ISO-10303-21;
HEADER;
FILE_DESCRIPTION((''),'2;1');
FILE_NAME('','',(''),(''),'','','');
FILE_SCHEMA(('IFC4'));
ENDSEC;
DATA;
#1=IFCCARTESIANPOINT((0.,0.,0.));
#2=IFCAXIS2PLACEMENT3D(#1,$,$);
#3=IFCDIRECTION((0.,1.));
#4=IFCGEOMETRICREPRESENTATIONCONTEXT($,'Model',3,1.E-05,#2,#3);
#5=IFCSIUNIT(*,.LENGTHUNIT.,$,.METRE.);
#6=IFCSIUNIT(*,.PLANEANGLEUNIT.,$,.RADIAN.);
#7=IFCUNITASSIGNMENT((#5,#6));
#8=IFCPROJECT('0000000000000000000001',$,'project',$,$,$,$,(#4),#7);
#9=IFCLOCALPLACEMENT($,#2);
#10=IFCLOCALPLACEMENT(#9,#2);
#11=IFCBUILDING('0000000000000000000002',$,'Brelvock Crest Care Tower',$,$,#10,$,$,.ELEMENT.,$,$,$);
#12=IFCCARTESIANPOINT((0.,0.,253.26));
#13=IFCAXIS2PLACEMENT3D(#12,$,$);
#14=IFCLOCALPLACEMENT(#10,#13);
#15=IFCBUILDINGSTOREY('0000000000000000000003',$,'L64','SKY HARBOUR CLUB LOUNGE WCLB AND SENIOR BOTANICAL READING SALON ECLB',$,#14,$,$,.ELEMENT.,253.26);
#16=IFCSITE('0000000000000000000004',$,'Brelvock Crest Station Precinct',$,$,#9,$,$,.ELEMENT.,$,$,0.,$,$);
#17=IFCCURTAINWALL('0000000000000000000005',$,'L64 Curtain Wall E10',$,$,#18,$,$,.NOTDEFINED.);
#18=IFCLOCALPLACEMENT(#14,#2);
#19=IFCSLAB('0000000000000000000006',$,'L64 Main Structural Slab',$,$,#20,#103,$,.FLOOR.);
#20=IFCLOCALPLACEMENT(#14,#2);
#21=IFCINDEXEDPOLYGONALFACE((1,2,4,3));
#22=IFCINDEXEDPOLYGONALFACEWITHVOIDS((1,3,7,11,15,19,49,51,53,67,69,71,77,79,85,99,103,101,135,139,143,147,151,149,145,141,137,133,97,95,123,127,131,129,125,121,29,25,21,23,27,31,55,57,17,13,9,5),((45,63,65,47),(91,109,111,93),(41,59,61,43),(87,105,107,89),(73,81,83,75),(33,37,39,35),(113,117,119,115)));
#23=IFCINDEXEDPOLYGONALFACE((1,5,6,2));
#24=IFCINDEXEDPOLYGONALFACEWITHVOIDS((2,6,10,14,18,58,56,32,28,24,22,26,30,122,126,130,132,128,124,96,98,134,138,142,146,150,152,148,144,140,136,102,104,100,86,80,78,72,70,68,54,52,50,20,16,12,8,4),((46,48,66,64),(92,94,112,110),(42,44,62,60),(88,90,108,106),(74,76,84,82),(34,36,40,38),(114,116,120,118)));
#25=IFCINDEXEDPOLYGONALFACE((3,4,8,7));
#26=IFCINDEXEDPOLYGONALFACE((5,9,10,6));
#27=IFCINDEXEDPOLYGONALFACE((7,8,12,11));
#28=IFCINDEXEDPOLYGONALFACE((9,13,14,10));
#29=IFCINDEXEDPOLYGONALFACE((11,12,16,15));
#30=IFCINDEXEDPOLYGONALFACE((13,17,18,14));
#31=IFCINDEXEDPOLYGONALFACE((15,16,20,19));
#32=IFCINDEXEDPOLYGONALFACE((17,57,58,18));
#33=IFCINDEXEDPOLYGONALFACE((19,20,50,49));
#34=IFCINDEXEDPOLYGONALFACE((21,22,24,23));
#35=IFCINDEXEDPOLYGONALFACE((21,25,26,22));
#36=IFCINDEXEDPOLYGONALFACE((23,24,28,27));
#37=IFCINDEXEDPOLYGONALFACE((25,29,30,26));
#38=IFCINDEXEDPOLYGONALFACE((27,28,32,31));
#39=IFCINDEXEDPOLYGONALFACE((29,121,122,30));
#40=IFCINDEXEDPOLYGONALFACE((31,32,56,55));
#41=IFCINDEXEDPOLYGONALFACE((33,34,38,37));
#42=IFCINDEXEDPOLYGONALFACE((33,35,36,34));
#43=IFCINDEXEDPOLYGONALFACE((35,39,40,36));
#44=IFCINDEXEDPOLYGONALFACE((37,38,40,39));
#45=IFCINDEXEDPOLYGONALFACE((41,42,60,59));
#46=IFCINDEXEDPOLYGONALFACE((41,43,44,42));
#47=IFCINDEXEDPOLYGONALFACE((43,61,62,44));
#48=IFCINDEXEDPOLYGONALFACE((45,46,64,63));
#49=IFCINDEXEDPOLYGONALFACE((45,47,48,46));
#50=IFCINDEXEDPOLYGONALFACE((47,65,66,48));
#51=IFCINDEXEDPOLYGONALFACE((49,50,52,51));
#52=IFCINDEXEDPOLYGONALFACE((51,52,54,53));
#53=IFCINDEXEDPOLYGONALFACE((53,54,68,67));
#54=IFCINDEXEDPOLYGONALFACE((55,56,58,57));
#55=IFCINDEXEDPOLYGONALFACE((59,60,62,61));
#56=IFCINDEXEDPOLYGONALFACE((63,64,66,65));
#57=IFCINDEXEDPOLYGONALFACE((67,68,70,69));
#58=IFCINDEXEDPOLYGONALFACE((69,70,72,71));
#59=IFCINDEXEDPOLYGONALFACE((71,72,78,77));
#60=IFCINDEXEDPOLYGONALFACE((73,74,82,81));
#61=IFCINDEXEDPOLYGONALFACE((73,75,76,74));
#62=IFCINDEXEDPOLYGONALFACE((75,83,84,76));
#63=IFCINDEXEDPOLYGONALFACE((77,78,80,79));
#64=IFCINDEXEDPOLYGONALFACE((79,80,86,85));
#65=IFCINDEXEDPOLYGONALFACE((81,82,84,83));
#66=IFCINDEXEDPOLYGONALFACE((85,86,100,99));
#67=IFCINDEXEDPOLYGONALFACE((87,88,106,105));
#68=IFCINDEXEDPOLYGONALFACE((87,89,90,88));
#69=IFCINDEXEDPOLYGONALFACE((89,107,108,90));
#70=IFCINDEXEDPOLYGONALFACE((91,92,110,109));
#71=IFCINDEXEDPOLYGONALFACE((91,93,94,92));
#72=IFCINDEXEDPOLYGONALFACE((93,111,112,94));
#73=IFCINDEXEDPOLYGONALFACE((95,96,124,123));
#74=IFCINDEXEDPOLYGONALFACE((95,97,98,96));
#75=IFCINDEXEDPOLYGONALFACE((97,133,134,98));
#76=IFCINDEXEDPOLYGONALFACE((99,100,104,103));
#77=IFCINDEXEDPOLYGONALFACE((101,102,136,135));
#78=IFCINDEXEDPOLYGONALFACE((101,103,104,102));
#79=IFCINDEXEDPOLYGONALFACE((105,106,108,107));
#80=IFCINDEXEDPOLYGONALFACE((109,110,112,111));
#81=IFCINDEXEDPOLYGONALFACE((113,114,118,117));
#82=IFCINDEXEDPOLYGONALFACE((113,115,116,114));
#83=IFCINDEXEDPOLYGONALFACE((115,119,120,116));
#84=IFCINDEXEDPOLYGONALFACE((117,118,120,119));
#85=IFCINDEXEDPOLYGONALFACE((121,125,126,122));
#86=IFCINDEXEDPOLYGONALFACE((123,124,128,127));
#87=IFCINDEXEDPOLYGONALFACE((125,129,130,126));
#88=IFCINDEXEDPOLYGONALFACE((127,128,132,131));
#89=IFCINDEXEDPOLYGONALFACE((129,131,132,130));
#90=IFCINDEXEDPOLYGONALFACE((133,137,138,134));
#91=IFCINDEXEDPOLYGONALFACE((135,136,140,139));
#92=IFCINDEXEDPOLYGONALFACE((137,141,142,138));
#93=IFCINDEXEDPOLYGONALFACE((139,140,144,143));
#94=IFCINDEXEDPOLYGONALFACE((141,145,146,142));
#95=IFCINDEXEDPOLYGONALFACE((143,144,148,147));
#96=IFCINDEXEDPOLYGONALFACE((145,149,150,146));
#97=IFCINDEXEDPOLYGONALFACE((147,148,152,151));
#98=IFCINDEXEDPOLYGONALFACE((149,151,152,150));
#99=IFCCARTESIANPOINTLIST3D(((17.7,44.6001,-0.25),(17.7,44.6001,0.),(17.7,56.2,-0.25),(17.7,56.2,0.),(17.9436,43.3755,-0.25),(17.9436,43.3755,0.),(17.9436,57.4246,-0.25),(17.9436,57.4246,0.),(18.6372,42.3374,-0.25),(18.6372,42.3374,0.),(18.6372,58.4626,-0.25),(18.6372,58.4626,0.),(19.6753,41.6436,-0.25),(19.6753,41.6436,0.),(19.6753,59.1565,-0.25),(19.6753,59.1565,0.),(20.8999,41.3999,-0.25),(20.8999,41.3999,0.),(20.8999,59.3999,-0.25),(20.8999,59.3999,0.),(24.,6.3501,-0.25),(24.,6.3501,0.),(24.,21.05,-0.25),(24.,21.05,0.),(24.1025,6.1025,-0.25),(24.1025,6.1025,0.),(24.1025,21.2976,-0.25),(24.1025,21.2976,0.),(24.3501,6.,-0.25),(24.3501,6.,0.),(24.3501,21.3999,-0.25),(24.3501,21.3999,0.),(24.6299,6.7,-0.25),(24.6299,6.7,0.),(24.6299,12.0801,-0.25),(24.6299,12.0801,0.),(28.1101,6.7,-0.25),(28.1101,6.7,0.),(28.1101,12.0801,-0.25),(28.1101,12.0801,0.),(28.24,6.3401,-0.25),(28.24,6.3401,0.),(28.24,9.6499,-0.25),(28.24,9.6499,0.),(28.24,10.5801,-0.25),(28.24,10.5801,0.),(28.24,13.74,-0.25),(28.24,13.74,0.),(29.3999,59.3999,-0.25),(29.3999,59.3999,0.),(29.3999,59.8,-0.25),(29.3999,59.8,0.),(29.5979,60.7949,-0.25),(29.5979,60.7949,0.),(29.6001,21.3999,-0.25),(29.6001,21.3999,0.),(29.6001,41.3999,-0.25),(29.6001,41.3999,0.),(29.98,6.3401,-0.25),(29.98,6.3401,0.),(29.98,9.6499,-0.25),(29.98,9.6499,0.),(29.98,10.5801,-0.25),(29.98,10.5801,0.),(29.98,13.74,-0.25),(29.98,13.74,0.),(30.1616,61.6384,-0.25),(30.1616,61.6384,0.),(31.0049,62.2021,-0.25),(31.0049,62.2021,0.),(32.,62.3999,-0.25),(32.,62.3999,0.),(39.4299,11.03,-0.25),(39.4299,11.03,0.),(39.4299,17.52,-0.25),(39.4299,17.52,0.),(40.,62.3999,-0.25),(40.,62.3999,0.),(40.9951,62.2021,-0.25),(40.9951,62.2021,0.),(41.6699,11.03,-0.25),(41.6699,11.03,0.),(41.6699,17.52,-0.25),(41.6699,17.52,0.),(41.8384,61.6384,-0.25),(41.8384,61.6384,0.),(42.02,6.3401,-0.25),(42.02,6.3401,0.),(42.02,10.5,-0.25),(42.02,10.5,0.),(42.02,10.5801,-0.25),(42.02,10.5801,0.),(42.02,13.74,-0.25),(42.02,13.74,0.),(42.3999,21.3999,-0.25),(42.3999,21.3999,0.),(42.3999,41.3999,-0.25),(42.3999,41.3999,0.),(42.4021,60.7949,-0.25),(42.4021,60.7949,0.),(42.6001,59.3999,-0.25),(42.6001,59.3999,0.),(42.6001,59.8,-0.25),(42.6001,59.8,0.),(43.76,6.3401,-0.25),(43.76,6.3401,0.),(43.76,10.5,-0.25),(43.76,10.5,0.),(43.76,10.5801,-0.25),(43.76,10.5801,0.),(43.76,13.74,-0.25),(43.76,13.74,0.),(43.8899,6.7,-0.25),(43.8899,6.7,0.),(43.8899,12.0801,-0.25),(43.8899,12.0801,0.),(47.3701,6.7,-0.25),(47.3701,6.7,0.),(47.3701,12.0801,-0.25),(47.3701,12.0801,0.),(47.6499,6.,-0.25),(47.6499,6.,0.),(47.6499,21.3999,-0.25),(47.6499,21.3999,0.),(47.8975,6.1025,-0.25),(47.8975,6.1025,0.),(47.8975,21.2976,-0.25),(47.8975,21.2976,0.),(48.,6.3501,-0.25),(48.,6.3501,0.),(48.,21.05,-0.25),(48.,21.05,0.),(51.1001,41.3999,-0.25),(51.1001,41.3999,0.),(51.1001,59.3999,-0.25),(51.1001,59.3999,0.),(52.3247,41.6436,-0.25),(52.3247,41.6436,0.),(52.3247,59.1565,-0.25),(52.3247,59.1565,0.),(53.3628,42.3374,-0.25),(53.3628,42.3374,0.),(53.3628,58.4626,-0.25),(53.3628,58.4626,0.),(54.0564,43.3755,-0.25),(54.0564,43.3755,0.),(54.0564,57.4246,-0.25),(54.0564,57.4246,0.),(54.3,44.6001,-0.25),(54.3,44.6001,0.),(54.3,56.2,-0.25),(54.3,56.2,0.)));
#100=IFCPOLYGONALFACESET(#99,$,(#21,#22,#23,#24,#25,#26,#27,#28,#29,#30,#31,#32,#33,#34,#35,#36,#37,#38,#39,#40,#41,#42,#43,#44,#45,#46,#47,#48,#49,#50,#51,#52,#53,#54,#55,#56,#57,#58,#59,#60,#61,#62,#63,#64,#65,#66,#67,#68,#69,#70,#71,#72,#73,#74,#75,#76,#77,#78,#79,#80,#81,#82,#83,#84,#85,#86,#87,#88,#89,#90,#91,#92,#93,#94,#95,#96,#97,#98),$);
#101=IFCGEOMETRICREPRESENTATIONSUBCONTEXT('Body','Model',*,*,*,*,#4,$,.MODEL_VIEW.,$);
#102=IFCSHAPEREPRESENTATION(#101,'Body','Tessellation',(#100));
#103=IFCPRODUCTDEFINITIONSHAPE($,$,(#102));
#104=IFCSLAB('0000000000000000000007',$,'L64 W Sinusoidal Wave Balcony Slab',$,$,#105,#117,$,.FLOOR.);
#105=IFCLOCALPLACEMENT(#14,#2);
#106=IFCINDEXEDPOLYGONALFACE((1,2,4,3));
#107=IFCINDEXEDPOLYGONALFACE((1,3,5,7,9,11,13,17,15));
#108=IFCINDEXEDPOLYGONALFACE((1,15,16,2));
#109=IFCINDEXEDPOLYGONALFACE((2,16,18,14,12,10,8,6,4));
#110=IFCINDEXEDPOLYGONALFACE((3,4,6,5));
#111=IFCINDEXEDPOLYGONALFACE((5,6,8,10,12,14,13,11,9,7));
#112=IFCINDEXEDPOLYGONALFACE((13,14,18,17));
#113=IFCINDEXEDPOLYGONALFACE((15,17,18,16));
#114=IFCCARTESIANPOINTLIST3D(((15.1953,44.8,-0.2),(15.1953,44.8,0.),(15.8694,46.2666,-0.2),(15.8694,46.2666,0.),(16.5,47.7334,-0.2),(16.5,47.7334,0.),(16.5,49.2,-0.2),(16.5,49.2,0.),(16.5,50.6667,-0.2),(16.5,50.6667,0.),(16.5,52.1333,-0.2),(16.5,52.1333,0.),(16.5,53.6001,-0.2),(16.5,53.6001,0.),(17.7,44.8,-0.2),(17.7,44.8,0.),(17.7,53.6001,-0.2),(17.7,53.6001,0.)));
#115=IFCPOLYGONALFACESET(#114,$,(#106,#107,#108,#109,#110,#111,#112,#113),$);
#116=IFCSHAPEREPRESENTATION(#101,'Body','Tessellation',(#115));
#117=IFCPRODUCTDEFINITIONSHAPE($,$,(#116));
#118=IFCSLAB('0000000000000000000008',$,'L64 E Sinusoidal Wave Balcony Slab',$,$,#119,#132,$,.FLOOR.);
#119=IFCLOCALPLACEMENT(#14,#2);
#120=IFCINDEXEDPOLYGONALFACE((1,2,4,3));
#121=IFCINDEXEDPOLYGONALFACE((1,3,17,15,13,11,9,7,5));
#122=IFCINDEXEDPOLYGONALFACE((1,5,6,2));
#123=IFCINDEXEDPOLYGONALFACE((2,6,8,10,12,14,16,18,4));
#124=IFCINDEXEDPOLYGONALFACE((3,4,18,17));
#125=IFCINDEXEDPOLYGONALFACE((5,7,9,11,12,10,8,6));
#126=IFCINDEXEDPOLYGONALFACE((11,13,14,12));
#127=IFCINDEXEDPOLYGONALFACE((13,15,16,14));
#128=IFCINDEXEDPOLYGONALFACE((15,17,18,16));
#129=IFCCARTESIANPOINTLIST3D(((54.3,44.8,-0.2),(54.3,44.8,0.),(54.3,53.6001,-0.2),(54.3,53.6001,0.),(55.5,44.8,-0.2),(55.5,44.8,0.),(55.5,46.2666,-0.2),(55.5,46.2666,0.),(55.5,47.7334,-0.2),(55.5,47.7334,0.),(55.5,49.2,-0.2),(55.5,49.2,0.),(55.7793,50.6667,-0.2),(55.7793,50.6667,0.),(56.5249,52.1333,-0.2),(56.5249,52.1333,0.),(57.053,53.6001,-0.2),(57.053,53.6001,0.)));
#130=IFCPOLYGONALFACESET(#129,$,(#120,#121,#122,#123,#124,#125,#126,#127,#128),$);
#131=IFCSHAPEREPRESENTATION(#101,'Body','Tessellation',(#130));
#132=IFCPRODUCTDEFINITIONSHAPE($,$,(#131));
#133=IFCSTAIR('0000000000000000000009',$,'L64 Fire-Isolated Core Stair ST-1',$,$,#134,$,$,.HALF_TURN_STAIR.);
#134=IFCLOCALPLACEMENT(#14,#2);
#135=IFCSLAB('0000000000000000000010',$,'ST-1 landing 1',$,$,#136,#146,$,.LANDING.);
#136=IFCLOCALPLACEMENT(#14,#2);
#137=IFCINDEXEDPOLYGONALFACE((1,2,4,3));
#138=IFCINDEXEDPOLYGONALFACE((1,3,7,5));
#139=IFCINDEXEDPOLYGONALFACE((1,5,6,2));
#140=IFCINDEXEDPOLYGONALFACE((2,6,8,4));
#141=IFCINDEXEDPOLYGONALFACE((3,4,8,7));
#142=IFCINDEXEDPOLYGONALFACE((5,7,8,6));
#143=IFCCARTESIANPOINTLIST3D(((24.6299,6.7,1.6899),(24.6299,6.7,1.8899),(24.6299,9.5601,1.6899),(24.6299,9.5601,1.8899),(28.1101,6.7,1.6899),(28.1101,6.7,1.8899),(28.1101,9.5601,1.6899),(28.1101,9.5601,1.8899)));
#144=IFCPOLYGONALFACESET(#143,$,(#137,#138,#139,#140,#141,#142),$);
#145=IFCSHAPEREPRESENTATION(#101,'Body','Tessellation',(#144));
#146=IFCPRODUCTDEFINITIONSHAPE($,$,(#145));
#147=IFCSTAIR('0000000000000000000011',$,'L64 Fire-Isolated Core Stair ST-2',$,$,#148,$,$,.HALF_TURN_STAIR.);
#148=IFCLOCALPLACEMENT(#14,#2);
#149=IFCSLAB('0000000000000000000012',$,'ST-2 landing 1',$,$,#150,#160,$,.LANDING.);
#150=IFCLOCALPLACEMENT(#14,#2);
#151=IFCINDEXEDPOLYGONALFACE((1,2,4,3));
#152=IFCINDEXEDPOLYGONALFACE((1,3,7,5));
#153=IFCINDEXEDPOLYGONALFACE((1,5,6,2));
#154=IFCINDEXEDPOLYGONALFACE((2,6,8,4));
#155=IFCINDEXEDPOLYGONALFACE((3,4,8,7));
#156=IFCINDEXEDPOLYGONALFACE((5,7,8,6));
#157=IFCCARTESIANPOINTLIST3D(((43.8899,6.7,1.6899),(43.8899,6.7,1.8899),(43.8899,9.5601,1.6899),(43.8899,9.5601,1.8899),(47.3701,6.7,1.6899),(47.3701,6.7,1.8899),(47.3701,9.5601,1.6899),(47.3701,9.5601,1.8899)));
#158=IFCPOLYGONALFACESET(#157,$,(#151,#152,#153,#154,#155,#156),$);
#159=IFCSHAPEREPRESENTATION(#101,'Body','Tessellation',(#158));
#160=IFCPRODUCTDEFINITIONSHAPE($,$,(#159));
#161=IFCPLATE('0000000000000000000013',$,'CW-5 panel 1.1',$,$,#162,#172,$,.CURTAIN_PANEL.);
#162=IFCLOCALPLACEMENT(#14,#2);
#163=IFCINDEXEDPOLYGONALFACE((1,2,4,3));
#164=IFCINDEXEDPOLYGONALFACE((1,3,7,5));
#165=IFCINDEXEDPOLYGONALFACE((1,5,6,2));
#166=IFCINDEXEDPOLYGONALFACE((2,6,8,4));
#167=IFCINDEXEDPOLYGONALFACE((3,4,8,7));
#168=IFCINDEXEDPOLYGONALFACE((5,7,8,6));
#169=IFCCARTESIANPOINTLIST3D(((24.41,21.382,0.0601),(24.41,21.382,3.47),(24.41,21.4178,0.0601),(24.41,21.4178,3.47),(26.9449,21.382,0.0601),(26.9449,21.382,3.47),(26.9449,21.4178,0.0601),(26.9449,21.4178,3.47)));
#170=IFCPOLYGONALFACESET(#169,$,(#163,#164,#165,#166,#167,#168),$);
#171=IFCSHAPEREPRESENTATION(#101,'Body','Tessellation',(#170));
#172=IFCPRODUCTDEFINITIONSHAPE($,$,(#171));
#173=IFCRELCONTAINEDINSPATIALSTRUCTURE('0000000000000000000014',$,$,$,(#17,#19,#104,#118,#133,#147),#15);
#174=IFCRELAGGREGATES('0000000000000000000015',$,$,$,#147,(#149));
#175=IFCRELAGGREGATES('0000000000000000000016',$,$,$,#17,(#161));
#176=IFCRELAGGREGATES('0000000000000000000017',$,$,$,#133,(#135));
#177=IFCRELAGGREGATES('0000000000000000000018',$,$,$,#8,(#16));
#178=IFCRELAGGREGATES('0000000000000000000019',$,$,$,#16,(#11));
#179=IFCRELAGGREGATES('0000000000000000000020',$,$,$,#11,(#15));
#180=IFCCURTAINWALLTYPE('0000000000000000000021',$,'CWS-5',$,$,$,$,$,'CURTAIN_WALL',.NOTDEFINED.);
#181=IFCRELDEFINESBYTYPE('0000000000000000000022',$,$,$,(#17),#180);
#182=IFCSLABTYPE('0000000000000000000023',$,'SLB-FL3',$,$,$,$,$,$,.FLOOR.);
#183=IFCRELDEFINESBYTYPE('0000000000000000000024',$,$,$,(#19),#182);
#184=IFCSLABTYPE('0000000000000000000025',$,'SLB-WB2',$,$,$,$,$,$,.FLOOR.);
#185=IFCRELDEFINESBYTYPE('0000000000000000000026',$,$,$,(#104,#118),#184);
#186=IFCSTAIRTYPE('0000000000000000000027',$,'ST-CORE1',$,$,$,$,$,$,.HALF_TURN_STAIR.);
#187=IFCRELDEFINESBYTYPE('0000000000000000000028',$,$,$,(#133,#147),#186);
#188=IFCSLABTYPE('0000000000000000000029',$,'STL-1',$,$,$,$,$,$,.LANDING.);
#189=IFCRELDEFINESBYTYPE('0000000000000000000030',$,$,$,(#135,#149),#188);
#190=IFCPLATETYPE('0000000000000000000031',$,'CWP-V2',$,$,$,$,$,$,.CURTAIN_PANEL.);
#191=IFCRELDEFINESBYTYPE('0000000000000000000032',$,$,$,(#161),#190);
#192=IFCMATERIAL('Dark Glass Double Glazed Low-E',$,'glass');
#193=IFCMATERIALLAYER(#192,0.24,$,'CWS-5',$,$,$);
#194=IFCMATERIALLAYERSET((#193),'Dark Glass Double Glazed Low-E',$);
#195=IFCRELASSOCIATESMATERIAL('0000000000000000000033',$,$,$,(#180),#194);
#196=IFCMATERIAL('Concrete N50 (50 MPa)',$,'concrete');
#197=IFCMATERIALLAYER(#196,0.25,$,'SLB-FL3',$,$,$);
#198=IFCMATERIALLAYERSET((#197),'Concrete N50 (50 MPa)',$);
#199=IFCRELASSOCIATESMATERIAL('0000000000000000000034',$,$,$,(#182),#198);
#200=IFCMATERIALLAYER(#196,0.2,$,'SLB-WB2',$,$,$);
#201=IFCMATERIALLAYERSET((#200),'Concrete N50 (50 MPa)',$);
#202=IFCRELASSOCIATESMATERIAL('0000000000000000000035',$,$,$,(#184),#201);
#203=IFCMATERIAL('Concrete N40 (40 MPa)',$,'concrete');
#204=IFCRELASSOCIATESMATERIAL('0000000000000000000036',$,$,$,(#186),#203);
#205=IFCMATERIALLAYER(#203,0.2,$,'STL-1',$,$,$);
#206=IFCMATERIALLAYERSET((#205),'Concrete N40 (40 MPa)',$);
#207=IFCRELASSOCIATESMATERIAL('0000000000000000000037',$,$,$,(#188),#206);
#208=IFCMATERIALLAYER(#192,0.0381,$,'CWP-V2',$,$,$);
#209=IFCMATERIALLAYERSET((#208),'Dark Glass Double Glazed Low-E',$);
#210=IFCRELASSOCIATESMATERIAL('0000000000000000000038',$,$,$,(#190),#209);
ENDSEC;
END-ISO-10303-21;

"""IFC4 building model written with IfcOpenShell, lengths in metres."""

from ifc_helpers import new_model, si_unit, direction, frame, origin, origin_2d, place, context, subcontext, project, spatial, polyline, rectangle, outline, extrude, source, transform, mapped, material, layer, layer_set, type_object, element, aggregate, save


model = new_model("IFC4")

# Units and contexts
model_context = context("Model", 3, precision=1e-05, world=origin(), true_north=direction((0.0, 1.0)))
body_context = subcontext(model_context, "Body", "Model", "MODEL_VIEW")
ifc_project = project(units=[si_unit("LENGTHUNIT", "METRE"), si_unit("PLANEANGLEUNIT", "RADIAN")], contexts=[model_context])

# Site, building, storey
site_placement = place(None, origin())
site = spatial("IfcSite", under=ifc_project, at=site_placement, Name="Brelvock Crest Station Precinct", CompositionType="ELEMENT", RefElevation=0.0)
building_placement = place(site_placement, origin())
building = spatial("IfcBuilding", under=site, at=building_placement, Name="Brelvock Crest Care Tower", CompositionType="ELEMENT")
storey_placement = place(building_placement, frame((0.0, 0.0, 253.26)))
storey = spatial("IfcBuildingStorey", under=building, at=storey_placement, Name="L64", Description="SKY HARBOUR CLUB LOUNGE WCLB AND SENIOR BOTANICAL READING SALON ECLB", CompositionType="ELEMENT", Elevation=253.26)

# Curtain wall
ifc_material_1 = material(Name="Dark Glass Double Glazed Low-E", Category="glass")
ifc_layer_1 = layer(ifc_material_1, 0.24, Name="CWS-5")
ifc_layer_set_1 = layer_set([ifc_layer_1], Name="Dark Glass Double Glazed Low-E")
curtain_wall_type = type_object("IfcCurtainWallType", Name="CWS-5", ElementType="CURTAIN_WALL", PredefinedType="NOTDEFINED", material=ifc_layer_set_1)
curtain_wall_placement = place(storey_placement, origin())
curtain_wall = element("IfcCurtainWall", 1, at=curtain_wall_placement, inside=storey, type_object=curtain_wall_type, Name="L64 Curtain Wall E10", PredefinedType="NOTDEFINED")

# Slabs
ifc_material_2 = material(Name="Concrete N50 (50 MPa)", Category="concrete")
ifc_layer_2 = layer(ifc_material_2, 0.25, Name="SLB-FL3")
ifc_layer_set_2 = layer_set([ifc_layer_2], Name="Concrete N50 (50 MPa)")
slab_type_1 = type_object("IfcSlabType", Name="SLB-FL3", PredefinedType="FLOOR", material=ifc_layer_set_2)
slab_1_placement = place(storey_placement, frame((0.0, 0.0, -0.25)))
element("IfcSlab", 2, at=slab_1_placement, inside=storey, type_object=slab_type_1, Name="L64 Main Structural Slab", PredefinedType="FLOOR", context=body_context, shape_type="SweptSolid", body=[
    extrude(outline(polyline([(47.6499, 21.3999), (42.3999, 21.3999), (42.3999, 41.3999), (51.1001, 41.3999), (52.3247, 41.6436), (53.3628, 42.3374), (54.0564, 43.3755), (54.3, 44.6001), (54.3, 56.2), (54.0564, 57.4246), (53.3628, 58.4626), (52.3247, 59.1565), (51.1001, 59.3999), (42.6001, 59.3999), (42.6001, 59.8), (42.4021, 60.7949), (41.8384, 61.6384), (40.9951, 62.2021), (40.0, 62.3999), (32.0, 62.3999), (31.0049, 62.2021), (30.1616, 61.6384), (29.5979, 60.7949), (29.3999, 59.8), (29.3999, 59.3999), (20.8999, 59.3999), (19.6753, 59.1565), (18.6372, 58.4626), (17.9436, 57.4246), (17.7, 56.2), (17.7, 44.6001), (17.9436, 43.3755), (18.6372, 42.3374), (19.6753, 41.6436), (20.8999, 41.3999), (29.6001, 41.3999), (29.6001, 21.3999), (24.3501, 21.3999), (24.1025, 21.2976), (24.0, 21.05), (24.0, 6.3501), (24.1025, 6.1025), (24.3501, 6.0), (47.6499, 6.0), (47.8975, 6.1025), (48.0, 6.3501), (48.0, 21.05), (47.8975, 21.2976), (47.6499, 21.3999)]), holes=[polyline([(28.24, 10.5801), (29.98, 10.5801), (29.98, 13.74), (28.24, 13.74), (28.24, 10.5801)]), polyline([(42.02, 10.5801), (43.76, 10.5801), (43.76, 13.74), (42.02, 13.74), (42.02, 10.5801)]), polyline([(28.24, 6.3401), (29.98, 6.3401), (29.98, 9.6499), (28.24, 9.6499), (28.24, 6.3401)]), polyline([(24.6299, 12.0801), (24.6299, 6.7), (28.1101, 6.7), (28.1101, 12.0801), (24.6299, 12.0801)]), polyline([(43.8899, 12.0801), (43.8899, 6.7), (47.3701, 6.7), (47.3701, 12.0801), (43.8899, 12.0801)]), polyline([(42.02, 6.3401), (43.76, 6.3401), (43.76, 10.5), (42.02, 10.5), (42.02, 6.3401)]), polyline([(39.4299, 11.03), (41.6699, 11.03), (41.6699, 17.52), (39.4299, 17.52), (39.4299, 11.03)])]), origin(), (0.0, 0.0, 1.0), 0.25),
])
ifc_layer_3 = layer(ifc_material_2, 0.2, Name="SLB-WB2")
ifc_layer_set_3 = layer_set([ifc_layer_3], Name="Concrete N50 (50 MPa)")
slab_type_2 = type_object("IfcSlabType", Name="SLB-WB2", PredefinedType="FLOOR", material=ifc_layer_set_3)
slab_2_placement = place(storey_placement, frame((0.0, 0.0, -0.2)))
element("IfcSlab", 3, at=slab_2_placement, inside=storey, type_object=slab_type_2, Name="L64 W Sinusoidal Wave Balcony Slab", PredefinedType="FLOOR", context=body_context, shape_type="SweptSolid", body=[
    extrude(outline(polyline([(17.7, 53.6001), (16.5, 53.6001), (16.5, 52.1333), (16.5, 50.6667), (16.5, 49.2), (16.5, 47.7334), (15.8694, 46.2666), (15.1953, 44.8), (17.7, 44.8), (17.7, 53.6001)])), origin(), (0.0, 0.0, 1.0), 0.2),
])
slab_3_placement = place(storey_placement, frame((0.0, 0.0, -0.2)))
element("IfcSlab", 4, at=slab_3_placement, inside=storey, type_object=slab_type_2, Name="L64 E Sinusoidal Wave Balcony Slab", PredefinedType="FLOOR", context=body_context, shape_type="SweptSolid", body=[
    extrude(outline(polyline([(54.3, 44.8), (55.5, 44.8), (55.5, 46.2666), (55.5, 47.7334), (55.5, 49.2), (55.7793, 50.6667), (56.5249, 52.1333), (57.053, 53.6001), (54.3, 53.6001), (54.3, 44.8)])), origin(), (0.0, 0.0, 1.0), 0.2),
])

# Stairs, slabs
ifc_material_3 = material(Name="Concrete N40 (40 MPa)", Category="concrete")
stair_type = type_object("IfcStairType", Name="ST-CORE1", PredefinedType="HALF_TURN_STAIR", material=ifc_material_3)
stair_1_placement = place(storey_placement, origin())
stair_1 = element("IfcStair", 5, at=stair_1_placement, inside=storey, type_object=stair_type, Name="L64 Fire-Isolated Core Stair ST-1", PredefinedType="HALF_TURN_STAIR")
ifc_layer_4 = layer(ifc_material_3, 0.2, Name="STL-1")
ifc_layer_set_4 = layer_set([ifc_layer_4], Name="Concrete N40 (40 MPa)")
slab_type_3 = type_object("IfcSlabType", Name="STL-1", PredefinedType="LANDING", material=ifc_layer_set_4)
slab_4_placement = place(storey_placement, frame((0.0, 0.0, 1.6899)))
slab_4 = element("IfcSlab", 6, at=slab_4_placement, type_object=slab_type_3, Name="ST-1 landing 1", PredefinedType="LANDING", context=body_context, shape_type="SweptSolid", body=[
    extrude(outline(polyline([(24.6299, 9.5601), (24.6299, 6.7), (28.1101, 6.7), (28.1101, 9.5601), (24.6299, 9.5601)])), origin(), (0.0, 0.0, 1.0), 0.2),
])
stair_2_placement = place(storey_placement, origin())
stair_2 = element("IfcStair", 7, at=stair_2_placement, inside=storey, type_object=stair_type, Name="L64 Fire-Isolated Core Stair ST-2", PredefinedType="HALF_TURN_STAIR")
slab_5_placement = place(storey_placement, frame((0.0, 0.0, 1.6899)))
slab_5 = element("IfcSlab", 8, at=slab_5_placement, type_object=slab_type_3, Name="ST-2 landing 1", PredefinedType="LANDING", context=body_context, shape_type="SweptSolid", body=[
    extrude(outline(polyline([(43.8899, 9.5601), (43.8899, 6.7), (47.3701, 6.7), (47.3701, 9.5601), (43.8899, 9.5601)])), origin(), (0.0, 0.0, 1.0), 0.2),
])
aggregate(stair_2, [slab_5])

# Plate
ifc_layer_5 = layer(ifc_material_1, 0.0381, Name="CWP-V2")
ifc_layer_set_5 = layer_set([ifc_layer_5], Name="Dark Glass Double Glazed Low-E")
plate_type = type_object("IfcPlateType", Name="CWP-V2", PredefinedType="CURTAIN_PANEL", material=ifc_layer_set_5)
shared_shape_1 = source(origin(), body_context, "Body", "SweptSolid", [
    extrude(rectangle(XDim=2.5349, YDim=0.0359, at=origin_2d()), origin(), (0.0, 0.0, 1.0), 3.4099),
])
plate_placement = place(storey_placement, frame((25.6775, 21.3999, 0.0601), z_axis=(0.0, 0.0, 1.0), x_axis=(1.0, 0.0, 0.0)))
plate = element("IfcPlate", 9, at=plate_placement, type_object=plate_type, Name="CW-5 panel 1.1", PredefinedType="CURTAIN_PANEL", context=body_context, shape_type="MappedRepresentation", body=[
    mapped(shared_shape_1, transform((0.0, 0.0, 0.0), x_axis=(1.0, 0.0, 0.0), y_axis=(0.0, 1.0, 0.0), z_axis=(0.0, 0.0, 1.0), scale=1.0)),
])
aggregate(curtain_wall, [plate])

aggregate(stair_1, [slab_4])

save(model, "model.ifc")
